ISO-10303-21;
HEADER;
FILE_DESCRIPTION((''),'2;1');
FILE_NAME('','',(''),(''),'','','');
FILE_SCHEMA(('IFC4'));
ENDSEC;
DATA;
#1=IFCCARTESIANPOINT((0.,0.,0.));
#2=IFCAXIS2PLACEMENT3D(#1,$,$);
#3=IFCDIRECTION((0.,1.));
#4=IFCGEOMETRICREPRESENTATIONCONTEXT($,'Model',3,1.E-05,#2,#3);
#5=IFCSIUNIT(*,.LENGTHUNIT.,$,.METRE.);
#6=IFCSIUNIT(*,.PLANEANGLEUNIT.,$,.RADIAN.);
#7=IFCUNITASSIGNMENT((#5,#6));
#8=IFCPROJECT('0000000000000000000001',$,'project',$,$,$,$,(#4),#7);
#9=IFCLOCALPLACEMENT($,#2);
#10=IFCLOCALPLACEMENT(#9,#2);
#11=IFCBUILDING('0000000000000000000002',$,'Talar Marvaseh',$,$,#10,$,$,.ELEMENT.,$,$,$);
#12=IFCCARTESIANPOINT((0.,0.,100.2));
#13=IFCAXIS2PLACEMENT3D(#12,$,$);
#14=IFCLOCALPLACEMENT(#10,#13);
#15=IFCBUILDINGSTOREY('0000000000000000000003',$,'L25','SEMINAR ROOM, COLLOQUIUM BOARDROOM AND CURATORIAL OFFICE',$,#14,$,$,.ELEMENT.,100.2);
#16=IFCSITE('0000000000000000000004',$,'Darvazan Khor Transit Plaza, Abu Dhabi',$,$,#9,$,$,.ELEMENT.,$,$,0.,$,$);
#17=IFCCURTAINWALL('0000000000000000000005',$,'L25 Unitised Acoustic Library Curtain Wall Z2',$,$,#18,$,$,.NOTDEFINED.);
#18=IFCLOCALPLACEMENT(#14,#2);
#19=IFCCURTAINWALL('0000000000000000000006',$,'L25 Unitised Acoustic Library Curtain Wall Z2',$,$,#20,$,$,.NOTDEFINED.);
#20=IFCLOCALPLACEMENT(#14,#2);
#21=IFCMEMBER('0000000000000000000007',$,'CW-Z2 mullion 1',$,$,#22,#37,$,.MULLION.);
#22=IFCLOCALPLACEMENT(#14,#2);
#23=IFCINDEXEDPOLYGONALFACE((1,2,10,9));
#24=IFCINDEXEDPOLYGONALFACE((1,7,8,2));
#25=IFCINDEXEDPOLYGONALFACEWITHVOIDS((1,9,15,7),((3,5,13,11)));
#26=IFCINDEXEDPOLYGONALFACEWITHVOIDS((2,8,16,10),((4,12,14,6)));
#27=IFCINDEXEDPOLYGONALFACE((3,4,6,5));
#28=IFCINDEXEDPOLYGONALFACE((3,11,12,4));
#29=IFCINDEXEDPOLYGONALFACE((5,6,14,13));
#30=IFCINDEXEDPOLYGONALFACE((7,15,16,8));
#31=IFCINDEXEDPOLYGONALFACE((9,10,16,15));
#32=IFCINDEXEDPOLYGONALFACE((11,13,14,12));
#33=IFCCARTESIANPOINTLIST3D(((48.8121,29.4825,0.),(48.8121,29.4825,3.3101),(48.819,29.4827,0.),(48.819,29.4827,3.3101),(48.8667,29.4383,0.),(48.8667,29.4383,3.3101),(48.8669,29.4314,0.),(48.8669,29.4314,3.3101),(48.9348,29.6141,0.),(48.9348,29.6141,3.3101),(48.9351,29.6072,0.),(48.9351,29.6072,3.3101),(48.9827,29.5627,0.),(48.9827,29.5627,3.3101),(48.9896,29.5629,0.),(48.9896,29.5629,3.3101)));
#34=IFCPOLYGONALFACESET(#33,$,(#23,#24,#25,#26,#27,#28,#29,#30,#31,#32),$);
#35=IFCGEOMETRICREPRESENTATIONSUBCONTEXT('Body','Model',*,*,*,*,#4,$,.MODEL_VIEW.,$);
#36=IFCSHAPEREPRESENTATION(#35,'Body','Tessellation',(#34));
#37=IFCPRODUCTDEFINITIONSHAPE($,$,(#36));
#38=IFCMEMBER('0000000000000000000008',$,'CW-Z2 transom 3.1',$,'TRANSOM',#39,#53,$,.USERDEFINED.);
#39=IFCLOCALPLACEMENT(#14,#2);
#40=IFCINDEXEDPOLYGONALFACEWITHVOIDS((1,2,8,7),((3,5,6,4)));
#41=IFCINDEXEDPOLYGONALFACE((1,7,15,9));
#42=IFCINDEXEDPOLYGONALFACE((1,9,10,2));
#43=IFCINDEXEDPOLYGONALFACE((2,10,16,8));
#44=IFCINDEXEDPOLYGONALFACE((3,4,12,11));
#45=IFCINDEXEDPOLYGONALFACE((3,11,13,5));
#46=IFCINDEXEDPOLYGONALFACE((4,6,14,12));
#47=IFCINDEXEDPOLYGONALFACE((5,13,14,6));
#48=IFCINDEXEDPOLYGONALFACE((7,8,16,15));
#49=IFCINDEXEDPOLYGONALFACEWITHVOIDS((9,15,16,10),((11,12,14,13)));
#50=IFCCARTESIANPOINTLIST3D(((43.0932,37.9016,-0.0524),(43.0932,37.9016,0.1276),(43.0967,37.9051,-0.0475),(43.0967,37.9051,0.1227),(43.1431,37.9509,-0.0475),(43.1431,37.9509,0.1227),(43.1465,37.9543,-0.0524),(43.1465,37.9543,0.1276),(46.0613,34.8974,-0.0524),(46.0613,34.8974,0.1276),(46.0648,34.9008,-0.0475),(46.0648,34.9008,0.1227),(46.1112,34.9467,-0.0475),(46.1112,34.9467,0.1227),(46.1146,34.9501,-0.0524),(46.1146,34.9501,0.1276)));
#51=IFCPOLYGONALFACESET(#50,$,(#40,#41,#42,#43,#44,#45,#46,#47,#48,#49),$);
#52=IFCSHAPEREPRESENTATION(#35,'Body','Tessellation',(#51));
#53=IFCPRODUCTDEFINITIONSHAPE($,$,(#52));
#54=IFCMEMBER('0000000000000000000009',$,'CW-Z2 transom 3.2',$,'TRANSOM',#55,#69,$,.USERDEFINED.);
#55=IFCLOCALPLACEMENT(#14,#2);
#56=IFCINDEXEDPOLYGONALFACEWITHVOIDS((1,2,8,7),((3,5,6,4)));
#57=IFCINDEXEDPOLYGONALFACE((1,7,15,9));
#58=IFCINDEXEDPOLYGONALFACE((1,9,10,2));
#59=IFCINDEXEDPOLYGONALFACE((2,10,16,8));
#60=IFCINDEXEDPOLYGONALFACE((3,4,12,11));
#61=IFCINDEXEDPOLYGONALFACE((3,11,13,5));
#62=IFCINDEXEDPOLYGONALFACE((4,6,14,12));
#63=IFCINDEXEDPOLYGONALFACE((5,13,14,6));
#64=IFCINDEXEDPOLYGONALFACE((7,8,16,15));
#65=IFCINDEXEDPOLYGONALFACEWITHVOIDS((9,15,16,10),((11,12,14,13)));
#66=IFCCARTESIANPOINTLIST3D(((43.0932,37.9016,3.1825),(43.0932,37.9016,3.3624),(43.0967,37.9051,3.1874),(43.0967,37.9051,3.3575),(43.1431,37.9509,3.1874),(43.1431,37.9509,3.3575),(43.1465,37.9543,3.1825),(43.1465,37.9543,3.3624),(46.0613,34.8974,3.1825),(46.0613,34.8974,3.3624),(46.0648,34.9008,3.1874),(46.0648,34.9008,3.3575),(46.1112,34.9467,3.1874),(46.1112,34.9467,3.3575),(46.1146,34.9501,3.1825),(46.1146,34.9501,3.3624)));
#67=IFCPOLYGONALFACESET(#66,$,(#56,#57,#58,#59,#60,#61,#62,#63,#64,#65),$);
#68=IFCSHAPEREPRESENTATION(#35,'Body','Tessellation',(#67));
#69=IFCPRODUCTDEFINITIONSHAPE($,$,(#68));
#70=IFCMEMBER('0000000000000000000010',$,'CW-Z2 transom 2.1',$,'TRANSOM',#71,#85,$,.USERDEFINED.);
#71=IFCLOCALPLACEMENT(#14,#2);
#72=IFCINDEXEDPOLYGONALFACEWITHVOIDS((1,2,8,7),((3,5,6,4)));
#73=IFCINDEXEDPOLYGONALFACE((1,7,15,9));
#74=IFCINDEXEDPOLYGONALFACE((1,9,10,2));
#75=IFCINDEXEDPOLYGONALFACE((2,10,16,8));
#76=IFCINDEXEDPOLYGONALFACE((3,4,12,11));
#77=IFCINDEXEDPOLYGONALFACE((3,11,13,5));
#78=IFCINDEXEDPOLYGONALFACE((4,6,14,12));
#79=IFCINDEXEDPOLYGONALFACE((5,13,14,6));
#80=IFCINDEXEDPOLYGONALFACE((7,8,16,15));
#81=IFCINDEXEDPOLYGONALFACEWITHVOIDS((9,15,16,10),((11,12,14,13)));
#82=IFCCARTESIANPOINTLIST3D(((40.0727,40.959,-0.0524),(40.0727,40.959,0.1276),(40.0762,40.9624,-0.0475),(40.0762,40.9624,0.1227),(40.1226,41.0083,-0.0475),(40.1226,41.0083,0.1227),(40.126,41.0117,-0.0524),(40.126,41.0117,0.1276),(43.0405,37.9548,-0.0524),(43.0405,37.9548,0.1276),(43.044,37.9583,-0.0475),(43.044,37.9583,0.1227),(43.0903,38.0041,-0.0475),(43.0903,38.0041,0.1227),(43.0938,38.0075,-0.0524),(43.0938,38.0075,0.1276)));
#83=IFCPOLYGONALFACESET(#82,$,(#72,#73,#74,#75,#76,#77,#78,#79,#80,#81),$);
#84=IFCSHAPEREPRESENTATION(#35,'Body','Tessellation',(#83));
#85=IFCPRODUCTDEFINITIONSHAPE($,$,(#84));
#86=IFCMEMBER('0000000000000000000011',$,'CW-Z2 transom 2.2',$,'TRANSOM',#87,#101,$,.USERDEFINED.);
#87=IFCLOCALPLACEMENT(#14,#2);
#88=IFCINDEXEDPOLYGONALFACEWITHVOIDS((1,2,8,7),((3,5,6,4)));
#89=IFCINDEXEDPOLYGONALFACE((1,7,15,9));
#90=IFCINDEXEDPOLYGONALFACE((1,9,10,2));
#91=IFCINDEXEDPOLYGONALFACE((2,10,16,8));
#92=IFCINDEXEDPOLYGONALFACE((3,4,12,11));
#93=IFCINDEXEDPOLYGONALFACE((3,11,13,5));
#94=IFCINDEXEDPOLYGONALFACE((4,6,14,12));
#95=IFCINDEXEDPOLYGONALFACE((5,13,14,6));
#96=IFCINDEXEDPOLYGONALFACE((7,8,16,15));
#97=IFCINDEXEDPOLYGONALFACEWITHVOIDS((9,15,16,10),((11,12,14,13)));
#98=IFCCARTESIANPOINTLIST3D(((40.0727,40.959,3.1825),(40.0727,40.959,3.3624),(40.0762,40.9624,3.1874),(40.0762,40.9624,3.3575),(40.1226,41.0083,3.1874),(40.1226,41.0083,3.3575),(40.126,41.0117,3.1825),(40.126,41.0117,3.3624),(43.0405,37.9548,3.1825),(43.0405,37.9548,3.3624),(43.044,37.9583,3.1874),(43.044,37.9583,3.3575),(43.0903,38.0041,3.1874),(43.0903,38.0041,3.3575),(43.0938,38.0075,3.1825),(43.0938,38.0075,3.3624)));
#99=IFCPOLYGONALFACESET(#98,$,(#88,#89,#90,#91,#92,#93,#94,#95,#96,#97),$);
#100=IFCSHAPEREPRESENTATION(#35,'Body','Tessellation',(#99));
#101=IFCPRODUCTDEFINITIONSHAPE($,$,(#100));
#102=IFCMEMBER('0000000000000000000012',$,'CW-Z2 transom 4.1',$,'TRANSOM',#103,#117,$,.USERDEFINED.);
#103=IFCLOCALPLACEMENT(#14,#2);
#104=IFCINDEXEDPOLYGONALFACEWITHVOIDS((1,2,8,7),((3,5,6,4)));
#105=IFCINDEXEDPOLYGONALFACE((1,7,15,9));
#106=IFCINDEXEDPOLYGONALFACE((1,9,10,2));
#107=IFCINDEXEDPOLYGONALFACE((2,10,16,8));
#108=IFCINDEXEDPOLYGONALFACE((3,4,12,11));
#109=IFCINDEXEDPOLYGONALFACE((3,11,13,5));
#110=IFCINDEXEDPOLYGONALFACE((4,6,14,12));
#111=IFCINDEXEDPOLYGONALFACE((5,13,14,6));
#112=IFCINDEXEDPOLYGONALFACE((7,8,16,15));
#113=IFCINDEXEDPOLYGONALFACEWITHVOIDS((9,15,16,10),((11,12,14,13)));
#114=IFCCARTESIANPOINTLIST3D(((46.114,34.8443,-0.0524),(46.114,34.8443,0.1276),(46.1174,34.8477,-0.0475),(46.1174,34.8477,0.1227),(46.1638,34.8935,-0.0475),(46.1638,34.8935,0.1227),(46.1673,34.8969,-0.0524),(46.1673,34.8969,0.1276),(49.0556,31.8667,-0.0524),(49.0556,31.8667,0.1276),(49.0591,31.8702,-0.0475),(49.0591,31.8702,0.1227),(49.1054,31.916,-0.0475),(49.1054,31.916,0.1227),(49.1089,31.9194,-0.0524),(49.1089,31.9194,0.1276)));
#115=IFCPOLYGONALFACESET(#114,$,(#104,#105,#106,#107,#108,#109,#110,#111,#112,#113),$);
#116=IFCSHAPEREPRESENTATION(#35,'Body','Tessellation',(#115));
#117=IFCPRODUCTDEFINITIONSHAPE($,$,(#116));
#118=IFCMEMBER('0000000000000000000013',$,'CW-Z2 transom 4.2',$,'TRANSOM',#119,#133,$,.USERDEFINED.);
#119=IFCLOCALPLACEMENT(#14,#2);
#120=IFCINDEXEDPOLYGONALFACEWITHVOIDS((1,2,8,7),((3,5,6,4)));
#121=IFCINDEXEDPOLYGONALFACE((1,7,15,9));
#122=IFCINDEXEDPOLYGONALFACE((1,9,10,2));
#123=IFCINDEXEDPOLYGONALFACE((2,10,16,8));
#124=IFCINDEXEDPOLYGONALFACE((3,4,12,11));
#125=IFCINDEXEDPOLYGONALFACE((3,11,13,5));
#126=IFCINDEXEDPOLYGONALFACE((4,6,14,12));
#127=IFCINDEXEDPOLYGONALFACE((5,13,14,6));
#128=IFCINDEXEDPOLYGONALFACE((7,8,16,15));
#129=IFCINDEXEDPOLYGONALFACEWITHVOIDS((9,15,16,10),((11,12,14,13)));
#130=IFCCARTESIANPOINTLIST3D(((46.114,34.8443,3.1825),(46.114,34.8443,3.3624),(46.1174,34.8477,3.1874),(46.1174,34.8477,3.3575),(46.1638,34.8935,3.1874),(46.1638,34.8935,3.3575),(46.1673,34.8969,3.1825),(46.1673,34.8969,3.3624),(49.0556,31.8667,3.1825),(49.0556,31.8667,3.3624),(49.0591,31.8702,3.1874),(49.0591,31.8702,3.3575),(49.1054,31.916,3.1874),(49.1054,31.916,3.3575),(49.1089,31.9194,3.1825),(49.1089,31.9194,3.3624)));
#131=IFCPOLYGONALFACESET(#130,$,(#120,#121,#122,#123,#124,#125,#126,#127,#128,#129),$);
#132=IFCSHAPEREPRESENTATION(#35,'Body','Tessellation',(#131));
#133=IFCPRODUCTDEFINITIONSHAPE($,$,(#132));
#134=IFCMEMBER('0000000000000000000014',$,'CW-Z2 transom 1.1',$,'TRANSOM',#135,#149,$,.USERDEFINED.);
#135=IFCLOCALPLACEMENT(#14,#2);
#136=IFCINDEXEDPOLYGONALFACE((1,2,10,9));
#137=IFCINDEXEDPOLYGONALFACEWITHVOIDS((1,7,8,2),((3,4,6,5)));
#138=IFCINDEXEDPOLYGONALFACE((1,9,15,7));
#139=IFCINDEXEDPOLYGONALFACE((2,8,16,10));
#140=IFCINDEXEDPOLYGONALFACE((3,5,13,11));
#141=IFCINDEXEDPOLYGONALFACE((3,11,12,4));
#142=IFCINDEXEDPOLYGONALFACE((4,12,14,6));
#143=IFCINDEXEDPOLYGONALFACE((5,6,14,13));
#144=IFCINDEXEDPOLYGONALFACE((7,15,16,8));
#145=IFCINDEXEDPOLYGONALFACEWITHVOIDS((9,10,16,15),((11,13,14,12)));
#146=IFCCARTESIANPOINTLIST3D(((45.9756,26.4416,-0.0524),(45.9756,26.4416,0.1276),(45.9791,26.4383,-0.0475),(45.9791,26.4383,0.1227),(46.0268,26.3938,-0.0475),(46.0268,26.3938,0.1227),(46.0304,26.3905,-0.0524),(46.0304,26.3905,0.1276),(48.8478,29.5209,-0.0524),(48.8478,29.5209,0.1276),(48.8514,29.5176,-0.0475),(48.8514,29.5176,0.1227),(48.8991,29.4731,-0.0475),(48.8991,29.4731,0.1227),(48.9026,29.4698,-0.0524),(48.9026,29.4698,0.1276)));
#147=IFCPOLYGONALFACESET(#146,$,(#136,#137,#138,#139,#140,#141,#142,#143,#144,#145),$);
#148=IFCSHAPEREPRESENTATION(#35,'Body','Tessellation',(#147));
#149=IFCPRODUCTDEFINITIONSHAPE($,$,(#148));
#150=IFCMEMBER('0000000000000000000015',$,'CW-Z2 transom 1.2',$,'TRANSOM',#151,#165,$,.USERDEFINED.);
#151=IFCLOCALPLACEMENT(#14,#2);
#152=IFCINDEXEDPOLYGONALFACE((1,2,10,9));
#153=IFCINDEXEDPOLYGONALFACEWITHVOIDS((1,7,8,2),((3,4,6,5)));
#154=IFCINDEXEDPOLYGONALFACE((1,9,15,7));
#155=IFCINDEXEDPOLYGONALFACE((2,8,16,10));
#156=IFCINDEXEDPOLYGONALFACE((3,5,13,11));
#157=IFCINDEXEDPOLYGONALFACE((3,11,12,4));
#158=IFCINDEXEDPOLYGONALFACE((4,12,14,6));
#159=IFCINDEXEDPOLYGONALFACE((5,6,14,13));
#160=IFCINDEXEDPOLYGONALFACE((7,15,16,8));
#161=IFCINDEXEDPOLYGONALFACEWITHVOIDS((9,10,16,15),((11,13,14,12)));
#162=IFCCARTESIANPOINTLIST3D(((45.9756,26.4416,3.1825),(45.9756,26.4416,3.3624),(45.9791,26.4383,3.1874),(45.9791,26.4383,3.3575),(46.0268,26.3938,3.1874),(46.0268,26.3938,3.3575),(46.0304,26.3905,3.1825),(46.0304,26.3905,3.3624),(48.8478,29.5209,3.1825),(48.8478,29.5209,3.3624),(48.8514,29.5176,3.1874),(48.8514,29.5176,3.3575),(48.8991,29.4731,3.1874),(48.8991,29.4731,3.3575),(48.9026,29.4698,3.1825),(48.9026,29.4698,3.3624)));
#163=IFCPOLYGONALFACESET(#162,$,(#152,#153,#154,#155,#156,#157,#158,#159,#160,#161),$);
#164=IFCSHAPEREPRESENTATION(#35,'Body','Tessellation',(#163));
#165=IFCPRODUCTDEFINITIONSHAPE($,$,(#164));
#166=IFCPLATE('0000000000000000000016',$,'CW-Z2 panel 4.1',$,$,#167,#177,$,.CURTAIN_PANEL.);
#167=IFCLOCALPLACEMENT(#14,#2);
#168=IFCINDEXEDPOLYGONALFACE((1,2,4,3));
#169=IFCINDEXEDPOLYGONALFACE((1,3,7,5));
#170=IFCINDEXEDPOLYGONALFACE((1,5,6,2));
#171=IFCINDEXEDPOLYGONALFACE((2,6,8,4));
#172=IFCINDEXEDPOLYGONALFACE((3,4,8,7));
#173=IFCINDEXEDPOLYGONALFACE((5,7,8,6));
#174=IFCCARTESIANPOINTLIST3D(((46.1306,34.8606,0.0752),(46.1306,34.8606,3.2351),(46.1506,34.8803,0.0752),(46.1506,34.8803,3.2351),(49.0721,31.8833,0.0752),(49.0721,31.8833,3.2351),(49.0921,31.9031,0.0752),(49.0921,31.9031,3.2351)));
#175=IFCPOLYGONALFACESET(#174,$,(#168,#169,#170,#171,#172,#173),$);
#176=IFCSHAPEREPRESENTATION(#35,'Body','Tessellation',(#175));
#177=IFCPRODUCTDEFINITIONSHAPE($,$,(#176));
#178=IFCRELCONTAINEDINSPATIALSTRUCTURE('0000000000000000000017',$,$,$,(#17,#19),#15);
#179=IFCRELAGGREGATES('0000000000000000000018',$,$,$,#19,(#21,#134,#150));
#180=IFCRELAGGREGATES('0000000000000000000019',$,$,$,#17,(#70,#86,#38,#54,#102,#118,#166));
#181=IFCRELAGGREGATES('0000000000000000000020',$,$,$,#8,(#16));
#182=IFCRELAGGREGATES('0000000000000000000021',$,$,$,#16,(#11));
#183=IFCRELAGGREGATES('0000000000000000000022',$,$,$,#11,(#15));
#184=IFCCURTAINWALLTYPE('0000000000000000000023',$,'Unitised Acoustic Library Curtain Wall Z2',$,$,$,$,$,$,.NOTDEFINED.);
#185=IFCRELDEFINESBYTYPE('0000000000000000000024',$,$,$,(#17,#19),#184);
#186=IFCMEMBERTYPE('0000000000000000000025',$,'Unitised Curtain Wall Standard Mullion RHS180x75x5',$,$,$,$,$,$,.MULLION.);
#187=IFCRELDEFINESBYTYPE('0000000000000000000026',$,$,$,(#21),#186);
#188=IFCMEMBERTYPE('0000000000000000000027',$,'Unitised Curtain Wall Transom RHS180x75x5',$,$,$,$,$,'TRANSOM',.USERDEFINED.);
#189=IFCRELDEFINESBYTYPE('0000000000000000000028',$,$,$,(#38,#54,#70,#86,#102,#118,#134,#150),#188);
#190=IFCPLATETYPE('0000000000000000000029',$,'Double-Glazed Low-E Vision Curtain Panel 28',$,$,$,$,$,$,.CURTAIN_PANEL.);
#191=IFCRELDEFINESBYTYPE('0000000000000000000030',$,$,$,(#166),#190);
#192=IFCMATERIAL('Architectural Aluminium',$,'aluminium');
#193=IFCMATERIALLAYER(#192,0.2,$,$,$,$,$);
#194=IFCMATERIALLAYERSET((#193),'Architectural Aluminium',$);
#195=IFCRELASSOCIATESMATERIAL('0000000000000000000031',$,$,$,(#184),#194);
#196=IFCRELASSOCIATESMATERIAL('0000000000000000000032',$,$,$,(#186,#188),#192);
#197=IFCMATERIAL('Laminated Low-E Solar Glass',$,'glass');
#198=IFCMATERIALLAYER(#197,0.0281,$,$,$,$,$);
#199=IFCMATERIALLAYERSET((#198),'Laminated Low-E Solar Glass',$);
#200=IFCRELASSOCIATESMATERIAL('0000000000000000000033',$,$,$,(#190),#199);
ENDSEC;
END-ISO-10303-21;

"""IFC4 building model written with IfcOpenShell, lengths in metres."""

from ifc_helpers import new_model, si_unit, direction, frame, origin, origin_2d, place, context, subcontext, project, spatial, rectangle, hollow_rectangle, extrude, source, transform, mapped, material, layer, layer_set, material_profile, profile_set, type_object, type_shapes, element, aggregate, save


model = new_model("IFC4")

# Units and contexts
model_context = context("Model", 3, precision=1e-05, world=origin(), true_north=direction((0.0, 1.0)))
body_context = subcontext(model_context, "Body", "Model", "MODEL_VIEW")
ifc_project = project(units=[si_unit("LENGTHUNIT", "METRE"), si_unit("PLANEANGLEUNIT", "RADIAN")], contexts=[model_context])

# Site, building, storey
site_placement = place(None, origin())
site = spatial("IfcSite", under=ifc_project, at=site_placement, Name="Darvazan Khor Transit Plaza, Abu Dhabi", CompositionType="ELEMENT", RefElevation=0.0)
building_placement = place(site_placement, origin())
building = spatial("IfcBuilding", under=site, at=building_placement, Name="Talar Marvaseh", CompositionType="ELEMENT")
storey_placement = place(building_placement, frame((0.0, 0.0, 100.2)))
storey = spatial("IfcBuildingStorey", under=building, at=storey_placement, Name="L25", Description="SEMINAR ROOM, COLLOQUIUM BOARDROOM AND CURATORIAL OFFICE", CompositionType="ELEMENT", Elevation=100.2)

# Curtain wall
ifc_material_1 = material(Name="Architectural Aluminium", Category="aluminium")
ifc_layer_1 = layer(ifc_material_1, 0.2)
ifc_layer_set_1 = layer_set([ifc_layer_1], Name="Architectural Aluminium")
curtain_wall_type = type_object("IfcCurtainWallType", Name="Unitised Acoustic Library Curtain Wall Z2", PredefinedType="NOTDEFINED", material=ifc_layer_set_1)
curtain_wall_1_placement = place(storey_placement, origin())
curtain_wall_1 = element("IfcCurtainWall", 1, at=curtain_wall_1_placement, inside=storey, type_object=curtain_wall_type, Name="L25 Unitised Acoustic Library Curtain Wall Z2", PredefinedType="NOTDEFINED")
ifc_material_profile_1 = material_profile(ifc_material_1, hollow_rectangle(XDim=0.075, YDim=0.1799, WallThickness=0.0049, at=origin_2d()), Name="RHS180x75x5")
ifc_profile_set_1 = profile_set([ifc_material_profile_1], Name="Architectural Aluminium")
member_type_1 = type_object("IfcMemberType", Name="Unitised Curtain Wall Standard Mullion RHS180x75x5", PredefinedType="MULLION", material=ifc_profile_set_1)
shared_shape_1 = source(origin(), body_context, "Body", "SweptSolid", [
    extrude(hollow_rectangle(XDim=0.075, YDim=0.1799, WallThickness=0.0049, at=origin_2d()), origin(), (0.0, 0.0, 1.0), 3.3101),
])
type_shapes(member_type_1, [shared_shape_1])

# Curtain wall, member
curtain_wall_2_placement = place(storey_placement, origin())
curtain_wall_2 = element("IfcCurtainWall", 2, at=curtain_wall_2_placement, inside=storey, type_object=curtain_wall_type, Name="L25 Unitised Acoustic Library Curtain Wall Z2", PredefinedType="NOTDEFINED")
member_1_placement = place(storey_placement, frame((48.9009, 29.5227, 0.0), z_axis=(0.0, 0.0, 1.0), x_axis=(0.73125, -0.68211, 0.0)))
member_1 = element("IfcMember", 3, at=member_1_placement, type_object=member_type_1, Name="CW-Z2 mullion 1", PredefinedType="MULLION", context=body_context, shape_type="MappedRepresentation", body=[
    mapped(shared_shape_1, transform((0.0, 0.0, 0.0), x_axis=(1.0, 0.0, 0.0), y_axis=(0.0, 1.0, 0.0), z_axis=(0.0, 0.0, 1.0), scale=1.0)),
])

# Members
ifc_material_profile_2 = material_profile(ifc_material_1, hollow_rectangle(XDim=0.075, YDim=0.1799, WallThickness=0.0049, at=origin_2d()), Name="RHS180x75x5")
ifc_profile_set_2 = profile_set([ifc_material_profile_2], Name="Architectural Aluminium")
member_type_2 = type_object("IfcMemberType", Name="Unitised Curtain Wall Transom RHS180x75x5", ElementType="TRANSOM", PredefinedType="USERDEFINED", material=ifc_profile_set_2)
shared_shape_2 = source(origin(), body_context, "Body", "SweptSolid", [
    extrude(hollow_rectangle(XDim=0.075, YDim=0.1799, WallThickness=0.0049, at=origin_2d()), origin(), (0.0, 0.0, 1.0), 4.2231),
])
member_2_placement = place(storey_placement, frame((43.1199, 37.928, 0.0376), z_axis=(0.702816, -0.711372, 0.0), x_axis=(0.711372, 0.702816, 0.0)))
member_2 = element("IfcMember", 4, at=member_2_placement, type_object=member_type_2, Name="CW-Z2 transom 3.1", ObjectType="TRANSOM", PredefinedType="USERDEFINED", context=body_context, shape_type="MappedRepresentation", body=[
    mapped(shared_shape_2, transform((0.0, 0.0, 0.0), x_axis=(1.0, 0.0, 0.0), y_axis=(0.0, 1.0, 0.0), z_axis=(0.0, 0.0, 1.0), scale=1.0)),
])
member_3_placement = place(storey_placement, frame((43.1199, 37.928, 3.2725), z_axis=(0.702816, -0.711372, 0.0), x_axis=(0.711372, 0.702816, 0.0)))
member_3 = element("IfcMember", 5, at=member_3_placement, type_object=member_type_2, Name="CW-Z2 transom 3.2", ObjectType="TRANSOM", PredefinedType="USERDEFINED", context=body_context, shape_type="MappedRepresentation", body=[
    mapped(shared_shape_2, transform((0.0, 0.0, 0.0), x_axis=(1.0, 0.0, 0.0), y_axis=(0.0, 1.0, 0.0), z_axis=(0.0, 0.0, 1.0), scale=1.0)),
])
shared_shape_3 = source(origin(), body_context, "Body", "SweptSolid", [
    extrude(hollow_rectangle(XDim=0.075, YDim=0.1799, WallThickness=0.0049, at=origin_2d()), origin(), (0.0, 0.0, 1.0), 4.2229),
])
member_4_placement = place(storey_placement, frame((40.0994, 40.9854, 0.0376), z_axis=(0.702787, -0.711401, 0.0), x_axis=(0.711401, 0.702787, 0.0)))
member_4 = element("IfcMember", 6, at=member_4_placement, type_object=member_type_2, Name="CW-Z2 transom 2.1", ObjectType="TRANSOM", PredefinedType="USERDEFINED", context=body_context, shape_type="MappedRepresentation", body=[
    mapped(shared_shape_3, transform((0.0, 0.0, 0.0), x_axis=(1.0, 0.0, 0.0), y_axis=(0.0, 1.0, 0.0), z_axis=(0.0, 0.0, 1.0), scale=1.0)),
])
member_5_placement = place(storey_placement, frame((40.0994, 40.9854, 3.2725), z_axis=(0.702787, -0.711401, 0.0), x_axis=(0.711401, 0.702787, 0.0)))
member_5 = element("IfcMember", 7, at=member_5_placement, type_object=member_type_2, Name="CW-Z2 transom 2.2", ObjectType="TRANSOM", PredefinedType="USERDEFINED", context=body_context, shape_type="MappedRepresentation", body=[
    mapped(shared_shape_3, transform((0.0, 0.0, 0.0), x_axis=(1.0, 0.0, 0.0), y_axis=(0.0, 1.0, 0.0), z_axis=(0.0, 0.0, 1.0), scale=1.0)),
])
shared_shape_4 = source(origin(), body_context, "Body", "SweptSolid", [
    extrude(hollow_rectangle(XDim=0.075, YDim=0.1799, WallThickness=0.0049, at=origin_2d()), origin(), (0.0, 0.0, 1.0), 4.1855),
])
member_6_placement = place(storey_placement, frame((46.1406, 34.8706, 0.0376), z_axis=(0.702807, -0.711381, 0.0), x_axis=(0.711381, 0.702807, 0.0)))
member_6 = element("IfcMember", 8, at=member_6_placement, type_object=member_type_2, Name="CW-Z2 transom 4.1", ObjectType="TRANSOM", PredefinedType="USERDEFINED", context=body_context, shape_type="MappedRepresentation", body=[
    mapped(shared_shape_4, transform((0.0, 0.0, 0.0), x_axis=(1.0, 0.0, 0.0), y_axis=(0.0, 1.0, 0.0), z_axis=(0.0, 0.0, 1.0), scale=1.0)),
])
member_7_placement = place(storey_placement, frame((46.1406, 34.8706, 3.2725), z_axis=(0.702807, -0.711381, 0.0), x_axis=(0.711381, 0.702807, 0.0)))
member_7 = element("IfcMember", 9, at=member_7_placement, type_object=member_type_2, Name="CW-Z2 transom 4.2", ObjectType="TRANSOM", PredefinedType="USERDEFINED", context=body_context, shape_type="MappedRepresentation", body=[
    mapped(shared_shape_4, transform((0.0, 0.0, 0.0), x_axis=(1.0, 0.0, 0.0), y_axis=(0.0, 1.0, 0.0), z_axis=(0.0, 0.0, 1.0), scale=1.0)),
])
shared_shape_5 = source(origin(), body_context, "Body", "SweptSolid", [
    extrude(hollow_rectangle(XDim=0.075, YDim=0.1799, WallThickness=0.0049, at=origin_2d()), origin(), (0.0, 0.0, 1.0), 4.2109),
])
type_shapes(member_type_2, [shared_shape_2, shared_shape_3, shared_shape_4, shared_shape_5])
member_8_placement = place(storey_placement, frame((48.8752, 29.4954, 0.0376), z_axis=(-0.682097, -0.731262, 0.0), x_axis=(0.731262, -0.682097, 0.0)))
member_8 = element("IfcMember", 10, at=member_8_placement, type_object=member_type_2, Name="CW-Z2 transom 1.1", ObjectType="TRANSOM", PredefinedType="USERDEFINED", context=body_context, shape_type="MappedRepresentation", body=[
    mapped(shared_shape_5, transform((0.0, 0.0, 0.0), x_axis=(1.0, 0.0, 0.0), y_axis=(0.0, 1.0, 0.0), z_axis=(0.0, 0.0, 1.0), scale=1.0)),
])
member_9_placement = place(storey_placement, frame((48.8752, 29.4954, 3.2725), z_axis=(-0.682097, -0.731262, 0.0), x_axis=(0.731262, -0.682097, 0.0)))
member_9 = element("IfcMember", 11, at=member_9_placement, type_object=member_type_2, Name="CW-Z2 transom 1.2", ObjectType="TRANSOM", PredefinedType="USERDEFINED", context=body_context, shape_type="MappedRepresentation", body=[
    mapped(shared_shape_5, transform((0.0, 0.0, 0.0), x_axis=(1.0, 0.0, 0.0), y_axis=(0.0, 1.0, 0.0), z_axis=(0.0, 0.0, 1.0), scale=1.0)),
])
aggregate(curtain_wall_2, [member_1, member_8, member_9])

# Plate
ifc_material_2 = material(Name="Laminated Low-E Solar Glass", Category="glass")
ifc_layer_2 = layer(ifc_material_2, 0.0281)
ifc_layer_set_2 = layer_set([ifc_layer_2], Name="Laminated Low-E Solar Glass")
plate_type = type_object("IfcPlateType", Name="Double-Glazed Low-E Vision Curtain Panel 28", PredefinedType="CURTAIN_PANEL", material=ifc_layer_set_2)
shared_shape_6 = source(origin(), body_context, "Body", "SweptSolid", [
    extrude(rectangle(XDim=4.1853, YDim=0.0281, at=origin_2d()), origin(), (0.0, 0.0, 1.0), 3.1599),
])
plate_1_placement = place(storey_placement, frame((47.6113, 33.3818, 0.0752), z_axis=(0.0, 0.0, 1.0), x_axis=(0.702821, -0.711366, 0.0)))
plate_1 = element("IfcPlate", 12, at=plate_1_placement, type_object=plate_type, Name="CW-Z2 panel 4.1", PredefinedType="CURTAIN_PANEL", context=body_context, shape_type="MappedRepresentation", body=[
    mapped(shared_shape_6, transform((0.0, 0.0, 0.0), x_axis=(1.0, 0.0, 0.0), y_axis=(0.0, 1.0, 0.0), z_axis=(0.0, 0.0, 1.0), scale=1.0)),
])
aggregate(curtain_wall_1, [member_4, member_5, member_2, member_3, member_6, member_7, plate_1])

save(model, "model.ifc")
